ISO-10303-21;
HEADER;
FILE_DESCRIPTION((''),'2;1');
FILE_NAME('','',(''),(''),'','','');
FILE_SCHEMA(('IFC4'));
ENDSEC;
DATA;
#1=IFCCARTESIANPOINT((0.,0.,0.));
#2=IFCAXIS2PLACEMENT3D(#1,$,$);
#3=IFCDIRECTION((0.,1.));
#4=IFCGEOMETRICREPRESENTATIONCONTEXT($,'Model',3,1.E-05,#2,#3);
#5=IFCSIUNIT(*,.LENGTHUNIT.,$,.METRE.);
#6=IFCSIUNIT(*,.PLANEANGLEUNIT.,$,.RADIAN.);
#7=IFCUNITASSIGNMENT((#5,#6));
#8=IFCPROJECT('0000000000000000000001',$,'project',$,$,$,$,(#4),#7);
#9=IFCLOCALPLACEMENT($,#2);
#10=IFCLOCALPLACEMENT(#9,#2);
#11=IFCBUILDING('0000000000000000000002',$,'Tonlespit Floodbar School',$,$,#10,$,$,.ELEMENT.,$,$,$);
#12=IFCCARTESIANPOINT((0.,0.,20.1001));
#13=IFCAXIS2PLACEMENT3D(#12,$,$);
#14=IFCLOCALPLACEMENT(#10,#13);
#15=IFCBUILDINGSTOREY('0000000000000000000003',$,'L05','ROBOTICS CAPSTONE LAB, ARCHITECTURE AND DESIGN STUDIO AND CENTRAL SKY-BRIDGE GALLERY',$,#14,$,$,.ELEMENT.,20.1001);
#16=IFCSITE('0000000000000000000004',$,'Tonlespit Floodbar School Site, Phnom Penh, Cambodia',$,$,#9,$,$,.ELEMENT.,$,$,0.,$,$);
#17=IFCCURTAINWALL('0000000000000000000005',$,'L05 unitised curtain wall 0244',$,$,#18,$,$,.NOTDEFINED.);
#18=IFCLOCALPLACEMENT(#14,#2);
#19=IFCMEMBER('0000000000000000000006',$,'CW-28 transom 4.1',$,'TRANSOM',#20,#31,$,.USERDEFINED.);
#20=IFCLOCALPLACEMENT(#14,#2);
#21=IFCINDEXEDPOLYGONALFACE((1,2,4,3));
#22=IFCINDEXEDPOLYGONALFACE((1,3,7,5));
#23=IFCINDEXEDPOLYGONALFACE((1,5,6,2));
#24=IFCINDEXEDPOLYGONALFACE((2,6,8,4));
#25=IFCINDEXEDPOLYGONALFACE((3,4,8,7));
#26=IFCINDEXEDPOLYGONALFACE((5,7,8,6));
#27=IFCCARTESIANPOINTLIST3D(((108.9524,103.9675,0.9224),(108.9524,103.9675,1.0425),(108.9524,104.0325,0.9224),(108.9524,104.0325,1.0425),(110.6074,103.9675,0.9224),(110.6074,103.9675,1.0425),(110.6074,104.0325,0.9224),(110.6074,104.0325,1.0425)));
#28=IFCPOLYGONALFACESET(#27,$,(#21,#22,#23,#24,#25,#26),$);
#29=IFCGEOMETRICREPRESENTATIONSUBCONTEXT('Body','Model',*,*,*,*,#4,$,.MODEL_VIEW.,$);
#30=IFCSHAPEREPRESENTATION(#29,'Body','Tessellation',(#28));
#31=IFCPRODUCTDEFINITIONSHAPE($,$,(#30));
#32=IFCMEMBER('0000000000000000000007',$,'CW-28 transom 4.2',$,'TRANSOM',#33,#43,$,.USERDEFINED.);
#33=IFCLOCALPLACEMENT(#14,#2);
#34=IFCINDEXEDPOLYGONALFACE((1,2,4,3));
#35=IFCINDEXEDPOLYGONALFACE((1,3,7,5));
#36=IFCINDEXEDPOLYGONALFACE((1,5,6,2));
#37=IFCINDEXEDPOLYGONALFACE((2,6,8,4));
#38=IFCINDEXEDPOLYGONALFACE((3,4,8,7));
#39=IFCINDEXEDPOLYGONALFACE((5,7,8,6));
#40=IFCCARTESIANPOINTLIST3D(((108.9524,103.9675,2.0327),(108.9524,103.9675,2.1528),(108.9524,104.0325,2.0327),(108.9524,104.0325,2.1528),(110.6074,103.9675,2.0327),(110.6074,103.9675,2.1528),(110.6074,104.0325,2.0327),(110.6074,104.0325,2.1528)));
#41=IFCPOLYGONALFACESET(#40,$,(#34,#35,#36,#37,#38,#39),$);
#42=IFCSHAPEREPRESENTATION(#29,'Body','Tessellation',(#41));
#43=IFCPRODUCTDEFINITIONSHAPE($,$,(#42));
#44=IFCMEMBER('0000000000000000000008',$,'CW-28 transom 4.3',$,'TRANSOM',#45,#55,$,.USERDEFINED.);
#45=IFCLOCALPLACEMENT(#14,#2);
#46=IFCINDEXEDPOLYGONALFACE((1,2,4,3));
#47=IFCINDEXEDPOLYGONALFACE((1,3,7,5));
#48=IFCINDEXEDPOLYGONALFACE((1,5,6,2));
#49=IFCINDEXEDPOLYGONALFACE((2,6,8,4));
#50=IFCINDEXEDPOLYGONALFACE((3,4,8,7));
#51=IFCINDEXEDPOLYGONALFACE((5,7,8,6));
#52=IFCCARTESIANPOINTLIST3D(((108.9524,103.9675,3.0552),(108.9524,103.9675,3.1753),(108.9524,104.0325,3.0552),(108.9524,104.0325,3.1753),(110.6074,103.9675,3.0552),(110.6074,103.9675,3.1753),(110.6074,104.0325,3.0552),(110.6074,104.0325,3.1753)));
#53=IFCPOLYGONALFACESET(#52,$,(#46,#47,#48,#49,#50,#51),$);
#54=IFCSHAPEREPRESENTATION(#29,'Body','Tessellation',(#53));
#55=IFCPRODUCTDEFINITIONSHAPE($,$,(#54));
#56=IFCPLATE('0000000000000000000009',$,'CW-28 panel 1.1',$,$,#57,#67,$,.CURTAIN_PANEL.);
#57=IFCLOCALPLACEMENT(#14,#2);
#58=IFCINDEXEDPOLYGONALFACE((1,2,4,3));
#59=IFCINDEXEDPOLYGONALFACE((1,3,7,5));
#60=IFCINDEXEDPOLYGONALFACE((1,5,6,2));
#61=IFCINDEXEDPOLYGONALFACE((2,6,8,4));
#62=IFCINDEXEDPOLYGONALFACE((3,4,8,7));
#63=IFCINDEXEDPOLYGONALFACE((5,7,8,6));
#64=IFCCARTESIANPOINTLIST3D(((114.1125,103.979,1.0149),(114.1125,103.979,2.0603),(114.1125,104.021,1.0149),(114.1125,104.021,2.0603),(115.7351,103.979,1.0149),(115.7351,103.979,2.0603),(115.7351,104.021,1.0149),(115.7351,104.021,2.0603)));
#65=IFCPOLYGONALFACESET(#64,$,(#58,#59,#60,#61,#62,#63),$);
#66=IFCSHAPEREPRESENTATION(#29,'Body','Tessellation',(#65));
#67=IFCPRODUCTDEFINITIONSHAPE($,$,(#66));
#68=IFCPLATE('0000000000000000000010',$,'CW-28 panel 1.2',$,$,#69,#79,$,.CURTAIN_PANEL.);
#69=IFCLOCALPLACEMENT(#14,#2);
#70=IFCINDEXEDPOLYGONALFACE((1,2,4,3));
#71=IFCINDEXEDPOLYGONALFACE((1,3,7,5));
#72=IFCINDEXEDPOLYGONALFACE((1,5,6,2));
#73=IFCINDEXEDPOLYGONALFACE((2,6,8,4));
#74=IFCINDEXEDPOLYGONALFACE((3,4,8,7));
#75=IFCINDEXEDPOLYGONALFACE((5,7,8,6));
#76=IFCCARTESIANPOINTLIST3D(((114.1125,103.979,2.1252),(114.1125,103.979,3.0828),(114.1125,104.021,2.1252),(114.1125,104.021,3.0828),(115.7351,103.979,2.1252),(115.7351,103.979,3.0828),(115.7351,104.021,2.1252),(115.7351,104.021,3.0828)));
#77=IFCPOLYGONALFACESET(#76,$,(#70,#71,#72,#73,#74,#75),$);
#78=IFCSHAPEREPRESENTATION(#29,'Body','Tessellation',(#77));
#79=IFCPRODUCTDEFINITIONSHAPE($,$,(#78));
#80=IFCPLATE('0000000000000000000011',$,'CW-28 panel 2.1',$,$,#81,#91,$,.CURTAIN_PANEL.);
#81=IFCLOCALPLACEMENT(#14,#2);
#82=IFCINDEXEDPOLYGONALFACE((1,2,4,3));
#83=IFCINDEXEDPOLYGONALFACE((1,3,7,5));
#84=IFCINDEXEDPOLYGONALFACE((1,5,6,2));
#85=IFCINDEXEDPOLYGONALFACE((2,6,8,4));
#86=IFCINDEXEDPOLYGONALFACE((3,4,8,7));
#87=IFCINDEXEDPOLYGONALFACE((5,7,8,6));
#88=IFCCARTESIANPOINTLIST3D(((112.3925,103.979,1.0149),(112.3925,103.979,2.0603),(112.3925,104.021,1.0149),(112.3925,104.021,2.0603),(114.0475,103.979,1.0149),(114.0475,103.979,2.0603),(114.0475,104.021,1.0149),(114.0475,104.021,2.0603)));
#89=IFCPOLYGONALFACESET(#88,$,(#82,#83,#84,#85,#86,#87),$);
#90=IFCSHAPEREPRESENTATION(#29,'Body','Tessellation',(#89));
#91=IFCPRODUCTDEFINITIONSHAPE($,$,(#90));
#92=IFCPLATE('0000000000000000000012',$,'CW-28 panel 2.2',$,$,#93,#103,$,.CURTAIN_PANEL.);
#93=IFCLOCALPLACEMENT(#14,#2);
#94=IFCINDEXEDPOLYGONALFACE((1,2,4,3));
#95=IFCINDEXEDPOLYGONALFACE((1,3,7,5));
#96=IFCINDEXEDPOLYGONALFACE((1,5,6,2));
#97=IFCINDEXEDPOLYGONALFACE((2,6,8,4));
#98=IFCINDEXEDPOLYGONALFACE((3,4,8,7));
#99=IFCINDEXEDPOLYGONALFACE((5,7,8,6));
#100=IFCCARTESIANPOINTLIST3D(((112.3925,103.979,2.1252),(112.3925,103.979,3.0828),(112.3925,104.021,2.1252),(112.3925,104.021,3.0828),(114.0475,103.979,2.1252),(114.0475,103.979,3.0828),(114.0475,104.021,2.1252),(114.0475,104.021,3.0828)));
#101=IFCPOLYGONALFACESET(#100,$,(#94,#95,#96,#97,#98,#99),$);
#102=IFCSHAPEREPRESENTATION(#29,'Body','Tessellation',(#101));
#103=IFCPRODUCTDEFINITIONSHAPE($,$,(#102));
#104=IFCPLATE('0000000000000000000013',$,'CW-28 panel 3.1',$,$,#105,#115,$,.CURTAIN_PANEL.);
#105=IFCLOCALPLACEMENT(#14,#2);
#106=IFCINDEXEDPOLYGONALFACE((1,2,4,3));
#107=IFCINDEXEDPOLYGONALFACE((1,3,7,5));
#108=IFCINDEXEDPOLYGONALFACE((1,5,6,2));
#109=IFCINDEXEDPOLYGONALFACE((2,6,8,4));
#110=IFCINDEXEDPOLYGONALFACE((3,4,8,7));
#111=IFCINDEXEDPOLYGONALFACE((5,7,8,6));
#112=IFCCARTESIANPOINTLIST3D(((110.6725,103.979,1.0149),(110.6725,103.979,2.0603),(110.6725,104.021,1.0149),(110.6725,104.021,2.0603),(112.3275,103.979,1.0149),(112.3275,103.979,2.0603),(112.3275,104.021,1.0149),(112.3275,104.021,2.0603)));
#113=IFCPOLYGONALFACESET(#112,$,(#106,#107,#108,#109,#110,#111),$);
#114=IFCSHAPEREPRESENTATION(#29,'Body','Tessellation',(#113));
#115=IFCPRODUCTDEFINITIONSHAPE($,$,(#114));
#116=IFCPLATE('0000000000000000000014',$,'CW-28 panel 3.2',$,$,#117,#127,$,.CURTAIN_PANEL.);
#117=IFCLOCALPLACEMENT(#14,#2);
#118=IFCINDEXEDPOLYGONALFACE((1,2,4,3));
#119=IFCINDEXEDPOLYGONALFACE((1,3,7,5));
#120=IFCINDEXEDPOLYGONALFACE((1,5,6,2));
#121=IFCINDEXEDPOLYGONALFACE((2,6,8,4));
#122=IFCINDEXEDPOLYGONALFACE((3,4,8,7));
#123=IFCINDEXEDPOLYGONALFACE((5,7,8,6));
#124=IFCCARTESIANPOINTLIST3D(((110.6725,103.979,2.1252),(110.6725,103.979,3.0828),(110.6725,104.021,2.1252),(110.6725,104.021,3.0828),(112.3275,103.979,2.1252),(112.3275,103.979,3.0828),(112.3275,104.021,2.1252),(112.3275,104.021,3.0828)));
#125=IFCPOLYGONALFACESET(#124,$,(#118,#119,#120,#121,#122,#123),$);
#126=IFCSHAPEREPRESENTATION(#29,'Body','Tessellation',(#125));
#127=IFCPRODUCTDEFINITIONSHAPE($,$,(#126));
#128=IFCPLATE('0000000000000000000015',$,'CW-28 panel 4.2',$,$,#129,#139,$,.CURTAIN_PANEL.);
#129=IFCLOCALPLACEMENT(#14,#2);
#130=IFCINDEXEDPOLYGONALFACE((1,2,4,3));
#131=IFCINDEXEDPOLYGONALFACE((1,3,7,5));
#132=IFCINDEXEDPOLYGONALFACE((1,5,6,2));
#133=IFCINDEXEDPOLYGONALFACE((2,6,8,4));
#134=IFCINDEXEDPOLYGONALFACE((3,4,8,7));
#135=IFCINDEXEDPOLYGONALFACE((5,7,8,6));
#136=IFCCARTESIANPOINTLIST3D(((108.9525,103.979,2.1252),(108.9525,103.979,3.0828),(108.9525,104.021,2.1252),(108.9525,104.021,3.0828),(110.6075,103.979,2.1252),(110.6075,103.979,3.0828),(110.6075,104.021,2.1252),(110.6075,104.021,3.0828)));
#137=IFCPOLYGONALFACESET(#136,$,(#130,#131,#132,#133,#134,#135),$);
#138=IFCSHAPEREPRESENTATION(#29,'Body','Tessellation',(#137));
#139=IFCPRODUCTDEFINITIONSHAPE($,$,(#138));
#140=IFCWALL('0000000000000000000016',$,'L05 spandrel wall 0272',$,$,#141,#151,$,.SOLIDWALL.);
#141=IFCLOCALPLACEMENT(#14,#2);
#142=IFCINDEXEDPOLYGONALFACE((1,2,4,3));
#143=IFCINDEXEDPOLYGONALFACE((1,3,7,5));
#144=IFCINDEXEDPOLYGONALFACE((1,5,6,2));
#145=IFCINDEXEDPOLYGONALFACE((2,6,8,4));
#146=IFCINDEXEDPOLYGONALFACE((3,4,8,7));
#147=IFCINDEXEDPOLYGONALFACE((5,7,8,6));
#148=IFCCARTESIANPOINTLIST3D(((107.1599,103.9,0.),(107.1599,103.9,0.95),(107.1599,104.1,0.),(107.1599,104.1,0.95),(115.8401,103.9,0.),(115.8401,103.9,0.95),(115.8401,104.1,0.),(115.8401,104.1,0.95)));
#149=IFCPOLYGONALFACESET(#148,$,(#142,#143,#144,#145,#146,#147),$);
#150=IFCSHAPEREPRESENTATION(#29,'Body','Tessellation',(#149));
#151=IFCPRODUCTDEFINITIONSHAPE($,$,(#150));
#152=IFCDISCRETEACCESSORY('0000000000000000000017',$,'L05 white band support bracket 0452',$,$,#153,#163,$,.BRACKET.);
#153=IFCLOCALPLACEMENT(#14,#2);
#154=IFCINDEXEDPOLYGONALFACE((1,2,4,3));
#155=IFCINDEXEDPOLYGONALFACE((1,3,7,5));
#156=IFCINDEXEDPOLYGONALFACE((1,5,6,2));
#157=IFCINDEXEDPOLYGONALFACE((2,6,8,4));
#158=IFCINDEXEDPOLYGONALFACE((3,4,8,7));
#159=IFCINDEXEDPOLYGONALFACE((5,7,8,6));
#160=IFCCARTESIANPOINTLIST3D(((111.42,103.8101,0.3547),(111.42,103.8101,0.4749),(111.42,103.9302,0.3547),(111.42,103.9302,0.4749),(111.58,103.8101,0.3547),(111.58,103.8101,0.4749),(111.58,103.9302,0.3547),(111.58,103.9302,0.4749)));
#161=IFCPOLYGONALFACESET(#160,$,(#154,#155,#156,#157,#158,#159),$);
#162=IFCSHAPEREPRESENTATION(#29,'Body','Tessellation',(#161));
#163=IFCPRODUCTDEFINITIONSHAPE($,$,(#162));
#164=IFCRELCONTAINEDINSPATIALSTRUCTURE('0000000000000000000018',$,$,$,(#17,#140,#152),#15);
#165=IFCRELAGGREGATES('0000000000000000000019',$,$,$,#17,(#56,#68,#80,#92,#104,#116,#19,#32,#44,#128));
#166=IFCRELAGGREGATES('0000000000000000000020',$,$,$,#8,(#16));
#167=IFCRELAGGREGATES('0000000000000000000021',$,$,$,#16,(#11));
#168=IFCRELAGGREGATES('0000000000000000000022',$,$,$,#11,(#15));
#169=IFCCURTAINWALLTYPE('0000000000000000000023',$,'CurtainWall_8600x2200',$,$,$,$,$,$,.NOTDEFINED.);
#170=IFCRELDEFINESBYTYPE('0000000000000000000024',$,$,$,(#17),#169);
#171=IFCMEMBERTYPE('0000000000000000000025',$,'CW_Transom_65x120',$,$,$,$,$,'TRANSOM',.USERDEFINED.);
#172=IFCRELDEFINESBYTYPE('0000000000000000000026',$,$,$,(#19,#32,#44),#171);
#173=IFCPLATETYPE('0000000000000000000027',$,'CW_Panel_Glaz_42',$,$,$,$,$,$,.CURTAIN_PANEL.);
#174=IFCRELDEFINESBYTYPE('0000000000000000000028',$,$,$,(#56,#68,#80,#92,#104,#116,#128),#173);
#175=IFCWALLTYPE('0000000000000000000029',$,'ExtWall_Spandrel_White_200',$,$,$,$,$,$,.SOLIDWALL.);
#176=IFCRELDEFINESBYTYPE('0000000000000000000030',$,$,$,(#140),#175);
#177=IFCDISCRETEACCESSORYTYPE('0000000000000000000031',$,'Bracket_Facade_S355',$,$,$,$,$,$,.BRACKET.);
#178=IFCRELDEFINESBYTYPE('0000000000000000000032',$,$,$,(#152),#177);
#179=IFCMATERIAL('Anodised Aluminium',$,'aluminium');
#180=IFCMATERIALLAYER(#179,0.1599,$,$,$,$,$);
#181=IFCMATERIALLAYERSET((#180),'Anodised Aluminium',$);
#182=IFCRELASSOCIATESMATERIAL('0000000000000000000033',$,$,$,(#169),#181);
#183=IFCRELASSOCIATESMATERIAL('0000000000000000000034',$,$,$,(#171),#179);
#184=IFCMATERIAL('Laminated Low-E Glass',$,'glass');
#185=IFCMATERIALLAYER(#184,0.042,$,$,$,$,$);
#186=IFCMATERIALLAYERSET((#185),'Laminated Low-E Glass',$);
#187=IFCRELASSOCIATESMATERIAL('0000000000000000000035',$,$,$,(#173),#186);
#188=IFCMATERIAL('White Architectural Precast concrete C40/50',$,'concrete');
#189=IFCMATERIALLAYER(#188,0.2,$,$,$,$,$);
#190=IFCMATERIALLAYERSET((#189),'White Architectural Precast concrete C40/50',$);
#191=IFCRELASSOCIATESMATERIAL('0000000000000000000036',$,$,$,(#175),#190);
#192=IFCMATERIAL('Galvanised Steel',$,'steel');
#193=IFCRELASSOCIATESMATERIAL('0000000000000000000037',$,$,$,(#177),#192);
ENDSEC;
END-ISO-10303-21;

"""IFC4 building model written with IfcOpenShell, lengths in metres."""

from ifc_helpers import new_model, si_unit, direction, frame, frame_2d, origin, origin_2d, place, context, subcontext, project, spatial, rectangle, extrude, material, layer, layer_set, material_profile, profile_set, type_object, element, aggregate, save


model = new_model("IFC4")

# Units and contexts
model_context = context("Model", 3, precision=1e-05, world=origin(), true_north=direction((0.0, 1.0)))
body_context = subcontext(model_context, "Body", "Model", "MODEL_VIEW")
ifc_project = project(units=[si_unit("LENGTHUNIT", "METRE"), si_unit("PLANEANGLEUNIT", "RADIAN")], contexts=[model_context])

# Site, building, storey
site_placement = place(None, origin())
site = spatial("IfcSite", under=ifc_project, at=site_placement, Name="Tonlespit Floodbar School Site, Phnom Penh, Cambodia", CompositionType="ELEMENT", RefElevation=0.0)
building_placement = place(site_placement, origin())
building = spatial("IfcBuilding", under=site, at=building_placement, Name="Tonlespit Floodbar School", CompositionType="ELEMENT")
storey_placement = place(building_placement, frame((0.0, 0.0, 20.1001)))
storey = spatial("IfcBuildingStorey", under=building, at=storey_placement, Name="L05", Description="ROBOTICS CAPSTONE LAB, ARCHITECTURE AND DESIGN STUDIO AND CENTRAL SKY-BRIDGE GALLERY", CompositionType="ELEMENT", Elevation=20.1001)

# Curtain wall, members, plates
ifc_material_1 = material(Name="Anodised Aluminium", Category="aluminium")
ifc_layer_1 = layer(ifc_material_1, 0.1599)
ifc_layer_set_1 = layer_set([ifc_layer_1], Name="Anodised Aluminium")
curtain_wall_type = type_object("IfcCurtainWallType", Name="CurtainWall_8600x2200", PredefinedType="NOTDEFINED", material=ifc_layer_set_1)
curtain_wall_placement = place(storey_placement, origin())
curtain_wall = element("IfcCurtainWall", 1, at=curtain_wall_placement, inside=storey, type_object=curtain_wall_type, Name="L05 unitised curtain wall 0244", PredefinedType="NOTDEFINED")
ifc_material_profile_1 = material_profile(ifc_material_1, rectangle(XDim=0.0649, YDim=0.1201, at=origin_2d()), Name="ALU T65x120")
ifc_profile_set_1 = profile_set([ifc_material_profile_1], Name="Anodised Aluminium")
member_type_1 = type_object("IfcMemberType", Name="CW_Transom_65x120", ElementType="TRANSOM", PredefinedType="USERDEFINED", material=ifc_profile_set_1)
member_1_placement = place(storey_placement, frame((110.6074, 104.0, 0.9824), z_axis=(-1.0, 0.0, 0.0), x_axis=(0.0, -1.0, 0.0)))
member_1 = element("IfcMember", 2, at=member_1_placement, type_object=member_type_1, Name="CW-28 transom 4.1", ObjectType="TRANSOM", PredefinedType="USERDEFINED", context=body_context, shape_type="SweptSolid", body=[
    extrude(rectangle(XDim=0.0649, YDim=0.1201, at=origin_2d()), origin(), (0.0, 0.0, 1.0), 1.655),
])
member_2_placement = place(storey_placement, frame((110.6074, 104.0, 2.0928), z_axis=(-1.0, 0.0, 0.0), x_axis=(0.0, -1.0, 0.0)))
member_2 = element("IfcMember", 3, at=member_2_placement, type_object=member_type_1, Name="CW-28 transom 4.2", ObjectType="TRANSOM", PredefinedType="USERDEFINED", context=body_context, shape_type="SweptSolid", body=[
    extrude(rectangle(XDim=0.0649, YDim=0.1201, at=origin_2d()), origin(), (0.0, 0.0, 1.0), 1.655),
])
member_3_placement = place(storey_placement, frame((110.6074, 104.0, 3.1152), z_axis=(-1.0, 0.0, 0.0), x_axis=(0.0, -1.0, 0.0)))
member_3 = element("IfcMember", 4, at=member_3_placement, type_object=member_type_1, Name="CW-28 transom 4.3", ObjectType="TRANSOM", PredefinedType="USERDEFINED", context=body_context, shape_type="SweptSolid", body=[
    extrude(rectangle(XDim=0.0649, YDim=0.1201, at=origin_2d()), origin(), (0.0, 0.0, 1.0), 1.655),
])
ifc_material_2 = material(Name="Laminated Low-E Glass", Category="glass")
ifc_layer_2 = layer(ifc_material_2, 0.042)
ifc_layer_set_2 = layer_set([ifc_layer_2], Name="Laminated Low-E Glass")
plate_type = type_object("IfcPlateType", Name="CW_Panel_Glaz_42", PredefinedType="CURTAIN_PANEL", material=ifc_layer_set_2)
plate_1_placement = place(storey_placement, frame((114.9238, 104.0, 1.0149), z_axis=(0.0, 0.0, 1.0), x_axis=(-1.0, 0.0, 0.0)))
plate_1 = element("IfcPlate", 5, at=plate_1_placement, type_object=plate_type, Name="CW-28 panel 1.1", PredefinedType="CURTAIN_PANEL", context=body_context, shape_type="SweptSolid", body=[
    extrude(rectangle(XDim=1.6226, YDim=0.042, at=origin_2d()), origin(), (0.0, 0.0, 1.0), 1.0454),
])
plate_2_placement = place(storey_placement, frame((114.9238, 104.0, 2.1252), z_axis=(0.0, 0.0, 1.0), x_axis=(-1.0, 0.0, 0.0)))
plate_2 = element("IfcPlate", 6, at=plate_2_placement, type_object=plate_type, Name="CW-28 panel 1.2", PredefinedType="CURTAIN_PANEL", context=body_context, shape_type="SweptSolid", body=[
    extrude(rectangle(XDim=1.6226, YDim=0.042, at=origin_2d()), origin(), (0.0, 0.0, 1.0), 0.9575),
])
plate_3_placement = place(storey_placement, frame((113.22, 104.0, 1.0149), z_axis=(0.0, 0.0, 1.0), x_axis=(-1.0, 0.0, 0.0)))
plate_3 = element("IfcPlate", 7, at=plate_3_placement, type_object=plate_type, Name="CW-28 panel 2.1", PredefinedType="CURTAIN_PANEL", context=body_context, shape_type="SweptSolid", body=[
    extrude(rectangle(XDim=1.655, YDim=0.042, at=origin_2d()), origin(), (0.0, 0.0, 1.0), 1.0454),
])
plate_4_placement = place(storey_placement, frame((113.22, 104.0, 2.1252), z_axis=(0.0, 0.0, 1.0), x_axis=(-1.0, 0.0, 0.0)))
plate_4 = element("IfcPlate", 8, at=plate_4_placement, type_object=plate_type, Name="CW-28 panel 2.2", PredefinedType="CURTAIN_PANEL", context=body_context, shape_type="SweptSolid", body=[
    extrude(rectangle(XDim=1.655, YDim=0.042, at=origin_2d()), origin(), (0.0, 0.0, 1.0), 0.9575),
])
plate_5_placement = place(storey_placement, frame((111.5, 104.0, 1.0149), z_axis=(0.0, 0.0, 1.0), x_axis=(-1.0, 0.0, 0.0)))
plate_5 = element("IfcPlate", 9, at=plate_5_placement, type_object=plate_type, Name="CW-28 panel 3.1", PredefinedType="CURTAIN_PANEL", context=body_context, shape_type="SweptSolid", body=[
    extrude(rectangle(XDim=1.655, YDim=0.042, at=origin_2d()), origin(), (0.0, 0.0, 1.0), 1.0454),
])
plate_6_placement = place(storey_placement, frame((111.5, 104.0, 2.1252), z_axis=(0.0, 0.0, 1.0), x_axis=(-1.0, 0.0, 0.0)))
plate_6 = element("IfcPlate", 10, at=plate_6_placement, type_object=plate_type, Name="CW-28 panel 3.2", PredefinedType="CURTAIN_PANEL", context=body_context, shape_type="SweptSolid", body=[
    extrude(rectangle(XDim=1.655, YDim=0.042, at=origin_2d()), origin(), (0.0, 0.0, 1.0), 0.9575),
])
plate_7_placement = place(storey_placement, frame((109.78, 104.0, 2.1252), z_axis=(0.0, 0.0, 1.0), x_axis=(-1.0, 0.0, 0.0)))
plate_7 = element("IfcPlate", 11, at=plate_7_placement, type_object=plate_type, Name="CW-28 panel 4.2", PredefinedType="CURTAIN_PANEL", context=body_context, shape_type="SweptSolid", body=[
    extrude(rectangle(XDim=1.655, YDim=0.042, at=origin_2d()), origin(), (0.0, 0.0, 1.0), 0.9575),
])
aggregate(curtain_wall, [plate_1, plate_2, plate_3, plate_4, plate_5, plate_6, member_1, member_2, member_3, plate_7])

# Wall
ifc_material_3 = material(Name="White Architectural Precast concrete C40/50", Category="concrete")
ifc_layer_3 = layer(ifc_material_3, 0.2)
ifc_layer_set_3 = layer_set([ifc_layer_3], Name="White Architectural Precast concrete C40/50")
wall_type = type_object("IfcWallType", Name="ExtWall_Spandrel_White_200", PredefinedType="SOLIDWALL", material=ifc_layer_set_3)
wall_placement = place(storey_placement, frame((115.8401, 104.0, 0.0), z_axis=(0.0, 0.0, 1.0), x_axis=(-1.0, 0.0, 0.0)))
element("IfcWall", 12, at=wall_placement, inside=storey, type_object=wall_type, Name="L05 spandrel wall 0272", PredefinedType="SOLIDWALL", context=body_context, shape_type="SweptSolid", body=[
    extrude(rectangle(XDim=8.6802, YDim=0.2, at=frame_2d((4.3401, 0.0))), origin(), (0.0, 0.0, 1.0), 0.95),
])

# Discrete accessory
ifc_material_4 = material(Name="Galvanised Steel", Category="steel")
discrete_accessory_type = type_object("IfcDiscreteAccessoryType", Name="Bracket_Facade_S355", PredefinedType="BRACKET", material=ifc_material_4)
discrete_accessory_placement = place(storey_placement, frame((111.5, 103.8701, 0.3547), z_axis=(0.0, 0.0, 1.0), x_axis=(-1.0, 0.0, 0.0)))
element("IfcDiscreteAccessory", 13, at=discrete_accessory_placement, inside=storey, type_object=discrete_accessory_type, Name="L05 white band support bracket 0452", PredefinedType="BRACKET", context=body_context, shape_type="SweptSolid", body=[
    extrude(rectangle(XDim=0.1599, YDim=0.1201, at=origin_2d()), origin(), (0.0, 0.0, 1.0), 0.1201),
])

save(model, "model.ifc")
